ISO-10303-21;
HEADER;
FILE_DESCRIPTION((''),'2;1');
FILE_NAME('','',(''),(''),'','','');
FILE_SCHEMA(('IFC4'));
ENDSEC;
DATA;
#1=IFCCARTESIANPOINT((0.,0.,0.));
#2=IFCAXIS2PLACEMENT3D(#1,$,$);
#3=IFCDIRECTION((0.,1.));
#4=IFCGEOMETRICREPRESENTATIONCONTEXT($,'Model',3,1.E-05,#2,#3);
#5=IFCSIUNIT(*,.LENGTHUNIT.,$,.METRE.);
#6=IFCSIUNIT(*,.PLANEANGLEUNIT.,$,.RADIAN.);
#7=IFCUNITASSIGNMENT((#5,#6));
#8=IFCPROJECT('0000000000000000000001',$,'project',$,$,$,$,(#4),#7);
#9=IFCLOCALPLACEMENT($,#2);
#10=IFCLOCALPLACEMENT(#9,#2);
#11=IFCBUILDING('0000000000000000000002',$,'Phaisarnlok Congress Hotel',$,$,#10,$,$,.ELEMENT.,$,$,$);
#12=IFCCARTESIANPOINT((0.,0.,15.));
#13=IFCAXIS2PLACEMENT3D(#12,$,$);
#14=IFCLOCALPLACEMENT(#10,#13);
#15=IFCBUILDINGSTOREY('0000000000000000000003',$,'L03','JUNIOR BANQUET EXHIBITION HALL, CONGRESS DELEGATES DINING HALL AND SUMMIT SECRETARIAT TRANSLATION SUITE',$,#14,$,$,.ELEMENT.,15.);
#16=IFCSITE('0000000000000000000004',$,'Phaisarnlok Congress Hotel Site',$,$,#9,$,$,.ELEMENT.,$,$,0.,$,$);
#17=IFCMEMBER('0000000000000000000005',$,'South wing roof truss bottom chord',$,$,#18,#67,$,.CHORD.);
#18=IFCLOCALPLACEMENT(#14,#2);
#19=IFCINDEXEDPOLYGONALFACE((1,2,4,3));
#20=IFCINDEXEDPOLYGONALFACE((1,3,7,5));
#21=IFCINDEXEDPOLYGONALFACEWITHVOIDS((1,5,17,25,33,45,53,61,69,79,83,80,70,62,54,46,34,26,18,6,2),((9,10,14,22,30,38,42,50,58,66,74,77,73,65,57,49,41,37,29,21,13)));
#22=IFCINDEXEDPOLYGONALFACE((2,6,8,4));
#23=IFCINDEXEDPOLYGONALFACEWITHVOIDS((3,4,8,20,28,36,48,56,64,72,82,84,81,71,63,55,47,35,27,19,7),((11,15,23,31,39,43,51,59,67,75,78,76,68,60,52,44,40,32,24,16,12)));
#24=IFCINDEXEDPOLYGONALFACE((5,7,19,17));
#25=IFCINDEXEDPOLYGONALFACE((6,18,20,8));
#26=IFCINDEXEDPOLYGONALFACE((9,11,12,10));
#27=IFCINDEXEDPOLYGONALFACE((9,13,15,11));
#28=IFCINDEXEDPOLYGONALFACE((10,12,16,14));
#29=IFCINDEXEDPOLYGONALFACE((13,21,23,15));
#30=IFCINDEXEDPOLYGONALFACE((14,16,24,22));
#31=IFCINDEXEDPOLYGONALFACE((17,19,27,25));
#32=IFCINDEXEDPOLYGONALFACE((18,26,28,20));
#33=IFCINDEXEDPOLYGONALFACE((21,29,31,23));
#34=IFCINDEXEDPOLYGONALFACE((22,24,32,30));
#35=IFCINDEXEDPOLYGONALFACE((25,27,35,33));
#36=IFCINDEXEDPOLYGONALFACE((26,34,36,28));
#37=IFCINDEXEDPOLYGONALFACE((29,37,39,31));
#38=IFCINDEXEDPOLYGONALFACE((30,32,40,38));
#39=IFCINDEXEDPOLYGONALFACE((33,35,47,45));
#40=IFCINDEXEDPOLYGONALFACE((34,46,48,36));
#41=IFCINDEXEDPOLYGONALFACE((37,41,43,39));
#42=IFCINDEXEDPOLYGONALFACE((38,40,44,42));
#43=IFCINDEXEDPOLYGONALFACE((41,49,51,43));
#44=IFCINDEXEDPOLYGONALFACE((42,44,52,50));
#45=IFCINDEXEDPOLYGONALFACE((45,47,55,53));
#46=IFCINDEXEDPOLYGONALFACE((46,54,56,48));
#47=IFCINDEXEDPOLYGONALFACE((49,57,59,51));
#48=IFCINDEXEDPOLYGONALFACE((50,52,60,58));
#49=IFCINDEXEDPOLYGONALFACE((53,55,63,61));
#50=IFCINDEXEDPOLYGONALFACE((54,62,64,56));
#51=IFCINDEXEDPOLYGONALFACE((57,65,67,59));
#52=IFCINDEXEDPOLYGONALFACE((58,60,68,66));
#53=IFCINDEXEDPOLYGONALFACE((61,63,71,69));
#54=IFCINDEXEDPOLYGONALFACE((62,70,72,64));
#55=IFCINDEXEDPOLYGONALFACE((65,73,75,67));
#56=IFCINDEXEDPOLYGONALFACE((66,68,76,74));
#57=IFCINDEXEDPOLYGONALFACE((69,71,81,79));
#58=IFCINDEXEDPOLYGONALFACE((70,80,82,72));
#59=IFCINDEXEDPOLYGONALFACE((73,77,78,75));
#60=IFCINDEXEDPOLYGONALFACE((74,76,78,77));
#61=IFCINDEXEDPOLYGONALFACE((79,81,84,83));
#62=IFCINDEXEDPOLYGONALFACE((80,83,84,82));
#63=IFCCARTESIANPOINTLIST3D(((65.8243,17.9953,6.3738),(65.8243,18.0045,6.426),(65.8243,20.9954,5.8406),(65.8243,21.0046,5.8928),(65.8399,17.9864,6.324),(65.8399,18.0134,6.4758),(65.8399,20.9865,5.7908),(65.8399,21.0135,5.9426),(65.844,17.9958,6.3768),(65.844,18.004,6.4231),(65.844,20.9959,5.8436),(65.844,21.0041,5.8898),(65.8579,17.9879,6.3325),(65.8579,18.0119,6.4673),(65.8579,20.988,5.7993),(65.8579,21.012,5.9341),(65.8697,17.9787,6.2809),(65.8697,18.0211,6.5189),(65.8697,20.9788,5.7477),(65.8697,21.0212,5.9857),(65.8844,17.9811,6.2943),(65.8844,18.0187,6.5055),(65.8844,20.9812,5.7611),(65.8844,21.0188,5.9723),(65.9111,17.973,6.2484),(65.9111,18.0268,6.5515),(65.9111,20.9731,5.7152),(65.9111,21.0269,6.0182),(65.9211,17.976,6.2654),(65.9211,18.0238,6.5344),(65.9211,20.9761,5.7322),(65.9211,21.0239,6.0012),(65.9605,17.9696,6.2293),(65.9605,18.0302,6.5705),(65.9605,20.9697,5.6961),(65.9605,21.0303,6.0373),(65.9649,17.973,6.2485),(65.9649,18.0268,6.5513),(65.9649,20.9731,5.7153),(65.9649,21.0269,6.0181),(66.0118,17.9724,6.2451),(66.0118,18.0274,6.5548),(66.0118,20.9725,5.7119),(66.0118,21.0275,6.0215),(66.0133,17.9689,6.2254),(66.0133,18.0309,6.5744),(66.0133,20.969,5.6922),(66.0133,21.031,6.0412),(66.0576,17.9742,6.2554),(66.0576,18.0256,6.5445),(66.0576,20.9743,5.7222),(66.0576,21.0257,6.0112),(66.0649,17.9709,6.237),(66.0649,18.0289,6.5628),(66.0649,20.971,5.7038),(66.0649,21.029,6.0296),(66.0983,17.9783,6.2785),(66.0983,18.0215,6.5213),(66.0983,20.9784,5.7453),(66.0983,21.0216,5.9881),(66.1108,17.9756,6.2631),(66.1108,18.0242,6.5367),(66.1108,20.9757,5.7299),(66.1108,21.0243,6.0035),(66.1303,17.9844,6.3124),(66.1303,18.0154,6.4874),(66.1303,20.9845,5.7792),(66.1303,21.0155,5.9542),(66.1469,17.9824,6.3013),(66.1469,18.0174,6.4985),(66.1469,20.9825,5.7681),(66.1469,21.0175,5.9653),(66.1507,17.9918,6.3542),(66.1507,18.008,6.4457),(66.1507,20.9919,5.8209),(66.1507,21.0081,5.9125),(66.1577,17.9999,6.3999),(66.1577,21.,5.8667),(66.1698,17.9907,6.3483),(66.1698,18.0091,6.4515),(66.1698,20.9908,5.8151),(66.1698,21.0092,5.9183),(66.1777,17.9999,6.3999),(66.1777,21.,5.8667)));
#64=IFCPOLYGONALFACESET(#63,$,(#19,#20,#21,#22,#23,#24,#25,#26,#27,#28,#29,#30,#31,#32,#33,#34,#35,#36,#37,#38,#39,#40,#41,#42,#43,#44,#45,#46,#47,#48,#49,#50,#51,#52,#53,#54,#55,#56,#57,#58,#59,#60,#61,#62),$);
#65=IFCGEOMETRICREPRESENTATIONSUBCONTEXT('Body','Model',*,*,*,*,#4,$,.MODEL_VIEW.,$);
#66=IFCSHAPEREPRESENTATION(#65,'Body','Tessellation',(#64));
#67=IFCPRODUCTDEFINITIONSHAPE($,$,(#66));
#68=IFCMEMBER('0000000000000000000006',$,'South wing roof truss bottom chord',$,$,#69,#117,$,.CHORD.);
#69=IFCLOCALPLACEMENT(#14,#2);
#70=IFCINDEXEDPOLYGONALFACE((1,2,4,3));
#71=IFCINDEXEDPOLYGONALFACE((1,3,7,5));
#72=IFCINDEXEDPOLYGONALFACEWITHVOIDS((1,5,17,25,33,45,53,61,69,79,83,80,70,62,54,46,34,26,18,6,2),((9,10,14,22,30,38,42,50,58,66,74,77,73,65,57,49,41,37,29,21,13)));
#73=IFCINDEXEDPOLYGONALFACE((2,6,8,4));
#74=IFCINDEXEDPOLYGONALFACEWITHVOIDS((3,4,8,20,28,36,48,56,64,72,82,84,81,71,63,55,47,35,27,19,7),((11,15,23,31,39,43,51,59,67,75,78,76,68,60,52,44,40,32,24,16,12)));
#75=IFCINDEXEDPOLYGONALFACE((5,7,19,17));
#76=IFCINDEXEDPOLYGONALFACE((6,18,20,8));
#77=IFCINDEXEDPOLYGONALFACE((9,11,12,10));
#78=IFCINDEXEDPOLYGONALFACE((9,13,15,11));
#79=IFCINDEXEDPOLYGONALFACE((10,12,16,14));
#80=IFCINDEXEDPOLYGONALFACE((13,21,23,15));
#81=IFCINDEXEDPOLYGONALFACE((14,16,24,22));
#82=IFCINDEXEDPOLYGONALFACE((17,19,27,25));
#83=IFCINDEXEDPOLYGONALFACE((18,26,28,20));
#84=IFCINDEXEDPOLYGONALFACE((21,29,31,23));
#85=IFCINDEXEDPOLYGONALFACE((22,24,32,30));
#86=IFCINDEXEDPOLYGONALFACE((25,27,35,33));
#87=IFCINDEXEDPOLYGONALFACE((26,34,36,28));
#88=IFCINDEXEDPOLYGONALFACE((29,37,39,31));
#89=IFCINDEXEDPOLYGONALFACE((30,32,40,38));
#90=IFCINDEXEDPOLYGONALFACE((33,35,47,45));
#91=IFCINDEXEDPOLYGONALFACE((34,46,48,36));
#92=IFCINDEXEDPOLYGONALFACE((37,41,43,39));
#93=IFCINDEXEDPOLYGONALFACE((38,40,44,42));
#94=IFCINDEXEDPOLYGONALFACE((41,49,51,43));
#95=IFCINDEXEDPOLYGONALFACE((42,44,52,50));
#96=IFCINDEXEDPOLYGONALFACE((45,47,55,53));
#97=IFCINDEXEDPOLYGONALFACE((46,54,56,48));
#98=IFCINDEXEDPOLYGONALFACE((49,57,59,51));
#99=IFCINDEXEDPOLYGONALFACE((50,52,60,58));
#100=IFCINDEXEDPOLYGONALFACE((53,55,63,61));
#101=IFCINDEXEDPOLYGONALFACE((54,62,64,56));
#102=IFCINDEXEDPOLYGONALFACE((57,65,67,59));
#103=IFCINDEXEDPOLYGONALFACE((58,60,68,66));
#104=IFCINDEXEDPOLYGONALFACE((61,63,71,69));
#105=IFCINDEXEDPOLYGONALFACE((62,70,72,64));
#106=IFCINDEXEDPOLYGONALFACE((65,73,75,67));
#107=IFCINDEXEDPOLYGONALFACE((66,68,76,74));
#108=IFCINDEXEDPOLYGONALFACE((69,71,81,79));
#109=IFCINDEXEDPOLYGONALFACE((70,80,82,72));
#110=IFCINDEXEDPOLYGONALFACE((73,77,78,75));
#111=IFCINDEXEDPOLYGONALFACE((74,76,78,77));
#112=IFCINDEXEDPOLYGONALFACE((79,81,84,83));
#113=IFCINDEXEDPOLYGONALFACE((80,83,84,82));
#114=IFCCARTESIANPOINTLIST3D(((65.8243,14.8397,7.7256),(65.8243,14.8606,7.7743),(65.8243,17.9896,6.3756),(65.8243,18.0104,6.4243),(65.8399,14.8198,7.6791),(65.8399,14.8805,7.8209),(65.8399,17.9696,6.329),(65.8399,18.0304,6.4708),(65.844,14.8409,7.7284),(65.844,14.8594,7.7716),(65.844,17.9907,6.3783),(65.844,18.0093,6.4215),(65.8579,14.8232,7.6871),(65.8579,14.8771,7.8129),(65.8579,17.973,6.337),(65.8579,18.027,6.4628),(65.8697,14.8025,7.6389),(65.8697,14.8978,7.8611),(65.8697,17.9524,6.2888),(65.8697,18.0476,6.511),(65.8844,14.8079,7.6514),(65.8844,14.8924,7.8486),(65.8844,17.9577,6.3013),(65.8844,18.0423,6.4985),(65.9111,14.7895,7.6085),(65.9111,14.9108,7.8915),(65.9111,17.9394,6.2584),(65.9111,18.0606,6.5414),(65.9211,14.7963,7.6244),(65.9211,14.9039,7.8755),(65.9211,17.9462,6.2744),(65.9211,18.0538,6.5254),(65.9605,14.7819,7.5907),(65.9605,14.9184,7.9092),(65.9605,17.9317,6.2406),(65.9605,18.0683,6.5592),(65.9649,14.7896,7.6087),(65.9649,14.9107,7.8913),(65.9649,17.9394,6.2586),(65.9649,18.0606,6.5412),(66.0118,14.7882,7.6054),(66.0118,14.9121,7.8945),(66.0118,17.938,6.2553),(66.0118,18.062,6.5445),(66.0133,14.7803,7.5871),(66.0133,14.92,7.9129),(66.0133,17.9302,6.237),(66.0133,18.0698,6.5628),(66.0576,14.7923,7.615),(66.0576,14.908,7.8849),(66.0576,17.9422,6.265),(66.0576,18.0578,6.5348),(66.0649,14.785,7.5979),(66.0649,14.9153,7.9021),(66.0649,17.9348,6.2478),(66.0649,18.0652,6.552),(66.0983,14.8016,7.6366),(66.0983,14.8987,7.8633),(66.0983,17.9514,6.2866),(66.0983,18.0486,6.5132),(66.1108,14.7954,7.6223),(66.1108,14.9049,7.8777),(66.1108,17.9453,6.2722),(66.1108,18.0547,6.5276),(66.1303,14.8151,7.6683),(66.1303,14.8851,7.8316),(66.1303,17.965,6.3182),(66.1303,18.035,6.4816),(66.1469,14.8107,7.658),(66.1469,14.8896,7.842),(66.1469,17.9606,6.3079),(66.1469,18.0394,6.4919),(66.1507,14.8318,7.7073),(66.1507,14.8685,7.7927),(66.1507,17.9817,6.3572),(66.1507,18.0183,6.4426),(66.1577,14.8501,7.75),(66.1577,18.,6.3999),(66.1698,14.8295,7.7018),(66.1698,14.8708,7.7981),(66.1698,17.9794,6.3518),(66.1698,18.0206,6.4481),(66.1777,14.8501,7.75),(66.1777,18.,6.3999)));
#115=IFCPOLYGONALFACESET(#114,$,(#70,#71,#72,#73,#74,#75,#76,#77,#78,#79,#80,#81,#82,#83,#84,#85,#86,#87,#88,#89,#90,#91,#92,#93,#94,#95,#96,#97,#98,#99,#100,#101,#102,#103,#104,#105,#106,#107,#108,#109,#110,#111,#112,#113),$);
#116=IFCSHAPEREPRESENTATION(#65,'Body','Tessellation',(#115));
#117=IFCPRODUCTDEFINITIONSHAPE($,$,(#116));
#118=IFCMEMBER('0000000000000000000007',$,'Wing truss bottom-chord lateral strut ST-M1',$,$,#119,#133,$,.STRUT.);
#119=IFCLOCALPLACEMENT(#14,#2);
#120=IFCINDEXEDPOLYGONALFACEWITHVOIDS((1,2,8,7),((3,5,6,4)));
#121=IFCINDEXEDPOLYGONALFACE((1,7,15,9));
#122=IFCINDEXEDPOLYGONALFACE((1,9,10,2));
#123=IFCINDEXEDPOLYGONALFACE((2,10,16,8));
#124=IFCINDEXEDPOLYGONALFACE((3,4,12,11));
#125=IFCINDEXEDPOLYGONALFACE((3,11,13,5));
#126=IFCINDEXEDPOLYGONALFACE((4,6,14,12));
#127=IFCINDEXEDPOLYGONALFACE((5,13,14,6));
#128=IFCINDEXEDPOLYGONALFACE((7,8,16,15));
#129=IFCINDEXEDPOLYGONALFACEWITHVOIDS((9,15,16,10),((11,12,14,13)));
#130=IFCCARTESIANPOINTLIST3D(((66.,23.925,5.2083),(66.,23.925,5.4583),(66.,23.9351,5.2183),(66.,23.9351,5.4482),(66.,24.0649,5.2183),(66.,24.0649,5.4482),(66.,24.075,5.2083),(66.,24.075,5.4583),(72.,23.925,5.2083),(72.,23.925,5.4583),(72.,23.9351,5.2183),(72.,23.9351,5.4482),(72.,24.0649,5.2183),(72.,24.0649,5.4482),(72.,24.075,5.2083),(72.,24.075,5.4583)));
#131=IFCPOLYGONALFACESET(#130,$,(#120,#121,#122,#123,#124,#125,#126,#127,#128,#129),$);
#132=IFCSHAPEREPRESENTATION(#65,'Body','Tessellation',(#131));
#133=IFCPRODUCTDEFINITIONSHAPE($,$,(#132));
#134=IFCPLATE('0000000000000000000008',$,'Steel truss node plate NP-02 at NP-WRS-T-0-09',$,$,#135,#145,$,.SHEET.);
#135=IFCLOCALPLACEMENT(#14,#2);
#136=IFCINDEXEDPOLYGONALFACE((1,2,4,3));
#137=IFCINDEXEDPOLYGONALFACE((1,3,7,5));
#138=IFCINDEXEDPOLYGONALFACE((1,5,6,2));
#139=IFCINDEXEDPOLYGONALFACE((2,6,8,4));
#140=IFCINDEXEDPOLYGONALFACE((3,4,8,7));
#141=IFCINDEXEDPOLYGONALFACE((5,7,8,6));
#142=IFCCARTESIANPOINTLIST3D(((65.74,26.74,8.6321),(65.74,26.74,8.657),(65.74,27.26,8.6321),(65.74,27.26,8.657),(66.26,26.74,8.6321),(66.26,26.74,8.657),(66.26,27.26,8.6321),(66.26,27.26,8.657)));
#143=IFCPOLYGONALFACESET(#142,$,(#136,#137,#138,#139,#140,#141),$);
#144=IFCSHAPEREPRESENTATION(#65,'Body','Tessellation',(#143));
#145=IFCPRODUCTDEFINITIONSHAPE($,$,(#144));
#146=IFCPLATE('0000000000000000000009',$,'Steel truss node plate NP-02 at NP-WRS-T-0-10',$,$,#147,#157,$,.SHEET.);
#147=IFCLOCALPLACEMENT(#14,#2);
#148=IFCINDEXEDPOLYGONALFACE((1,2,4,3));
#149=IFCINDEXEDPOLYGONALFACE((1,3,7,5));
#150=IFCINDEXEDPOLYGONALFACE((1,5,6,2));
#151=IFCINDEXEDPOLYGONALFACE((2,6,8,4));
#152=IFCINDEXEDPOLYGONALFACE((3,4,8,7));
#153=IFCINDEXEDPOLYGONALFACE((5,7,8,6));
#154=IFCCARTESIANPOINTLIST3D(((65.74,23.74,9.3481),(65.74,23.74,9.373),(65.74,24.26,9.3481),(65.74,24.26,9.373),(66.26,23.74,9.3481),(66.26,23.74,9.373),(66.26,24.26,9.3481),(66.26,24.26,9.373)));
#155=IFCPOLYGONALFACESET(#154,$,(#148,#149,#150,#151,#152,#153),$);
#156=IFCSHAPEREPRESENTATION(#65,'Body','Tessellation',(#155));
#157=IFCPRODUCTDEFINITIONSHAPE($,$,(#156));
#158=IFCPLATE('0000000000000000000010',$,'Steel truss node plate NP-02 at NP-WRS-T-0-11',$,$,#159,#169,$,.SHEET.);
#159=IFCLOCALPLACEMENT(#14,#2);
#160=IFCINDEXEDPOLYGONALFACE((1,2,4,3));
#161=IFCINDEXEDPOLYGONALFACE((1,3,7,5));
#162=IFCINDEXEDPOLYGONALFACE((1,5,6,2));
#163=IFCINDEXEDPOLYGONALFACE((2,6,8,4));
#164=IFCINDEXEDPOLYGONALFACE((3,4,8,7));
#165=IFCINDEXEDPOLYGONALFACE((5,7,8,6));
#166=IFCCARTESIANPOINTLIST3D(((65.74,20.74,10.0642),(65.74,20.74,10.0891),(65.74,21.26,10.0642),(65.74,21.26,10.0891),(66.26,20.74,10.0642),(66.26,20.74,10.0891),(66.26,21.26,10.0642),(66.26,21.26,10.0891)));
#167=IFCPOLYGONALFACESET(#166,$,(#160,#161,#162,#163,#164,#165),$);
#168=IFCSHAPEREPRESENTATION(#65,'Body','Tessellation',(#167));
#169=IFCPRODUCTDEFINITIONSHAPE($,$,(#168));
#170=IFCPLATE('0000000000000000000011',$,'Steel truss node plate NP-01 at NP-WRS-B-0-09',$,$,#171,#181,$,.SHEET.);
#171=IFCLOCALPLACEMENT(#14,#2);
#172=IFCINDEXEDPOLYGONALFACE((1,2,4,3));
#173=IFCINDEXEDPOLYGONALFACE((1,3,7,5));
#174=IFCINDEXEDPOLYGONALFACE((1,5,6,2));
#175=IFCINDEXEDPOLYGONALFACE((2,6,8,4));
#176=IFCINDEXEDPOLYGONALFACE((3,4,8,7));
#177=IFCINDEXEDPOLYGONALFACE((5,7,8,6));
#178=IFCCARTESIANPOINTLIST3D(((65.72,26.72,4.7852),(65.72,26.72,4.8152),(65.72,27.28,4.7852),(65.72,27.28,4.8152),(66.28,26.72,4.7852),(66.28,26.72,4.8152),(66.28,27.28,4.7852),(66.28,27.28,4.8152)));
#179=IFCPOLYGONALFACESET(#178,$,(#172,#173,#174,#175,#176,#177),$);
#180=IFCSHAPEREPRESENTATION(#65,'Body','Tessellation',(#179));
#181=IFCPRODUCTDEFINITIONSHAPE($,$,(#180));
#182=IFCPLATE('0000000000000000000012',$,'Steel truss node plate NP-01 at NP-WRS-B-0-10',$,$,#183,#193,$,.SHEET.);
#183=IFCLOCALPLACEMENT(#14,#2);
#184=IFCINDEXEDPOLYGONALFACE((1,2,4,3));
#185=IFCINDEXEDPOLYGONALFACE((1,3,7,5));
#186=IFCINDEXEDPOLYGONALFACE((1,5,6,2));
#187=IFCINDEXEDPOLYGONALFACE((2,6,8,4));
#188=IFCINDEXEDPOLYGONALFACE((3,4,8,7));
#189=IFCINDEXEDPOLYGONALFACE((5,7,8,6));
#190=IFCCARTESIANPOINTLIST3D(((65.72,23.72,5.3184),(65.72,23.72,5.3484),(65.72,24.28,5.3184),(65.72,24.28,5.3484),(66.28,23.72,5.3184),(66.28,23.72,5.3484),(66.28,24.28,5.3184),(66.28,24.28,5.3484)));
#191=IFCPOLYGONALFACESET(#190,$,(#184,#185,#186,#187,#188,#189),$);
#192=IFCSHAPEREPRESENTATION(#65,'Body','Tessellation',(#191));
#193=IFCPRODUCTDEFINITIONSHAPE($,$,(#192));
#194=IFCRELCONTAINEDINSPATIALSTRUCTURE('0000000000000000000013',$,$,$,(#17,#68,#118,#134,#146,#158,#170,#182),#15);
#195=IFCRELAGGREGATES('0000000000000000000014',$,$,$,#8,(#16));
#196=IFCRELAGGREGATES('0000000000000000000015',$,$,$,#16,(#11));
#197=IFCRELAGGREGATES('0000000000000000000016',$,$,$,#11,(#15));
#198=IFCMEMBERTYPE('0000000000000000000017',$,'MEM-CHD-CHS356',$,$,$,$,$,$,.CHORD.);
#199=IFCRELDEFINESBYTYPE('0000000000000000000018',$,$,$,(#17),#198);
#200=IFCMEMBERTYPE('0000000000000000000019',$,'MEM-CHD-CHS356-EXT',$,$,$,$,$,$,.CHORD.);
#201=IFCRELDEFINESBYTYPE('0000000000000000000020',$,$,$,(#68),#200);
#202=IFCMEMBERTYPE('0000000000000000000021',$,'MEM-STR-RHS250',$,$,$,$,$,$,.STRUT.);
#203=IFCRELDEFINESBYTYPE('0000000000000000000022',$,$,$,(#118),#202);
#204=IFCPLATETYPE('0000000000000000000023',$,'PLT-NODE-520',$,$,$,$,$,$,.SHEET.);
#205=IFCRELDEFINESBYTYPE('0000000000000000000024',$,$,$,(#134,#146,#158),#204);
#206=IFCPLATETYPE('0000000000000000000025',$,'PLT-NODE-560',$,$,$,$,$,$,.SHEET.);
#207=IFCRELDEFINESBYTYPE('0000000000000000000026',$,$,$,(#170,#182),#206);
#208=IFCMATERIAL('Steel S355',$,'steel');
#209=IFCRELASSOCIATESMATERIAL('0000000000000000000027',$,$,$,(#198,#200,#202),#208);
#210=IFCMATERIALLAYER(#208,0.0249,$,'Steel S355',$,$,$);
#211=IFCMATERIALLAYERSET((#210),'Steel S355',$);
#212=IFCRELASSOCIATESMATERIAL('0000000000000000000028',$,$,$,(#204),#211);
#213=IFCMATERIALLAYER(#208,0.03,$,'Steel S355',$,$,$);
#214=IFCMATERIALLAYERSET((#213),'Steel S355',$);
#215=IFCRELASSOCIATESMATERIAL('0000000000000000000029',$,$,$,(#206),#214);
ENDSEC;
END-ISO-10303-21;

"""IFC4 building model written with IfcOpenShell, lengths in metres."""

from ifc_helpers import new_model, si_unit, direction, frame, origin, origin_2d, place, context, subcontext, project, spatial, rectangle, hollow_rectangle, hollow_circle, extrude, material, layer, layer_set, material_profile, profile_set, type_object, element, save


model = new_model("IFC4")

# Units and contexts
model_context = context("Model", 3, precision=1e-05, world=origin(), true_north=direction((0.0, 1.0)))
body_context = subcontext(model_context, "Body", "Model", "MODEL_VIEW")
ifc_project = project(units=[si_unit("LENGTHUNIT", "METRE"), si_unit("PLANEANGLEUNIT", "RADIAN")], contexts=[model_context])

# Site, building, storey
site_placement = place(None, origin())
site = spatial("IfcSite", under=ifc_project, at=site_placement, Name="Phaisarnlok Congress Hotel Site", CompositionType="ELEMENT", RefElevation=0.0)
building_placement = place(site_placement, origin())
building = spatial("IfcBuilding", under=site, at=building_placement, Name="Phaisarnlok Congress Hotel", CompositionType="ELEMENT")
storey_placement = place(building_placement, frame((0.0, 0.0, 15.0)))
storey = spatial("IfcBuildingStorey", under=building, at=storey_placement, Name="L03", Description="JUNIOR BANQUET EXHIBITION HALL, CONGRESS DELEGATES DINING HALL AND SUMMIT SECRETARIAT TRANSLATION SUITE", CompositionType="ELEMENT", Elevation=15.0)

# Shared definitions
ifc_material_1 = material(Name="Steel S355", Category="steel")

# Members
ifc_material_profile_1 = material_profile(ifc_material_1, hollow_circle(Radius=0.1777, WallThickness=0.02, at=origin_2d()), Name="CHS 355.6x20")
ifc_profile_set_1 = profile_set([ifc_material_profile_1], Name="Steel S355")
member_type_1 = type_object("IfcMemberType", Name="MEM-CHD-CHS356", PredefinedType="CHORD", material=ifc_profile_set_1)
for number, where, z_axis, x_axis, name in (
    (1, (66.0, 21.0, 5.8667), (0.0, -0.98457, 0.174992), (1.0, 0.0, 0.0), "South wing roof truss bottom chord"),
):
    element("IfcMember", number, at=place(storey_placement, frame(where, z_axis=z_axis, x_axis=x_axis)), inside=storey, type_object=member_type_1, Name=name, PredefinedType="CHORD", context=body_context, shape_type="SweptSolid", body=[
        extrude(hollow_circle(Radius=0.1777, WallThickness=0.02, at=origin_2d()), origin(), (0.0, 0.0, 1.0), 3.0471),
    ])
ifc_material_profile_2 = material_profile(ifc_material_1, hollow_circle(Radius=0.1777, WallThickness=0.02, at=origin_2d()), Name="CHS 355.6x20")
ifc_profile_set_2 = profile_set([ifc_material_profile_2], Name="Steel S355")
member_type_2 = type_object("IfcMemberType", Name="MEM-CHD-CHS356-EXT", PredefinedType="CHORD", material=ifc_profile_set_2)
member_1_placement = place(storey_placement, frame((66.0, 18.0, 6.3999), z_axis=(0.0, -0.91913, 0.393954), x_axis=(1.0, 0.0, 0.0)))
element("IfcMember", 2, at=member_1_placement, inside=storey, type_object=member_type_2, Name="South wing roof truss bottom chord", PredefinedType="CHORD", context=body_context, shape_type="SweptSolid", body=[
    extrude(hollow_circle(Radius=0.1777, WallThickness=0.02, at=origin_2d()), origin(), (0.0, 0.0, 1.0), 3.427),
])
ifc_material_profile_3 = material_profile(ifc_material_1, hollow_rectangle(XDim=0.1499, YDim=0.25, WallThickness=0.01, at=origin_2d()), Name="RHS 250x150x10")
ifc_profile_set_3 = profile_set([ifc_material_profile_3], Name="Steel S355")
member_type_3 = type_object("IfcMemberType", Name="MEM-STR-RHS250", PredefinedType="STRUT", material=ifc_profile_set_3)
member_2_placement = place(storey_placement, frame((66.0, 24.0, 5.3333), z_axis=(1.0, 0.0, 0.0), x_axis=(0.0, 1.0, 0.0)))
element("IfcMember", 3, at=member_2_placement, inside=storey, type_object=member_type_3, Name="Wing truss bottom-chord lateral strut ST-M1", PredefinedType="STRUT", context=body_context, shape_type="SweptSolid", body=[
    extrude(hollow_rectangle(XDim=0.1499, YDim=0.25, WallThickness=0.01, at=origin_2d()), origin(), (0.0, 0.0, 1.0), 6.0),
])

# Plates
ifc_layer_1 = layer(ifc_material_1, 0.0249, Name="Steel S355")
ifc_layer_set_1 = layer_set([ifc_layer_1], Name="Steel S355")
plate_type_1 = type_object("IfcPlateType", Name="PLT-NODE-520", PredefinedType="SHEET", material=ifc_layer_set_1)
for number, where, z_axis, x_axis, name in (
    (4, (66.0, 27.0, 8.6321), (0.0, 0.0, 1.0), (1.0, 0.0, 0.0), "Steel truss node plate NP-02 at NP-WRS-T-0-09"),
    (5, (66.0, 24.0, 9.3481), (0.0, 0.0, 1.0), (1.0, 0.0, 0.0), "Steel truss node plate NP-02 at NP-WRS-T-0-10"),
    (6, (66.0, 21.0, 10.0642), (0.0, 0.0, 1.0), (1.0, 0.0, 0.0), "Steel truss node plate NP-02 at NP-WRS-T-0-11"),
):
    element("IfcPlate", number, at=place(storey_placement, frame(where, z_axis=z_axis, x_axis=x_axis)), inside=storey, type_object=plate_type_1, Name=name, PredefinedType="SHEET", context=body_context, shape_type="SweptSolid", body=[
        extrude(rectangle(XDim=0.52, YDim=0.52, at=origin_2d()), origin(), (0.0, 0.0, 1.0), 0.0249),
    ])
ifc_layer_2 = layer(ifc_material_1, 0.03, Name="Steel S355")
ifc_layer_set_2 = layer_set([ifc_layer_2], Name="Steel S355")
plate_type_2 = type_object("IfcPlateType", Name="PLT-NODE-560", PredefinedType="SHEET", material=ifc_layer_set_2)
for number, where, z_axis, x_axis, name in (
    (7, (66.0, 27.0, 4.7852), (0.0, 0.0, 1.0), (1.0, 0.0, 0.0), "Steel truss node plate NP-01 at NP-WRS-B-0-09"),
    (8, (66.0, 24.0, 5.3184), (0.0, 0.0, 1.0), (1.0, 0.0, 0.0), "Steel truss node plate NP-01 at NP-WRS-B-0-10"),
):
    element("IfcPlate", number, at=place(storey_placement, frame(where, z_axis=z_axis, x_axis=x_axis)), inside=storey, type_object=plate_type_2, Name=name, PredefinedType="SHEET", context=body_context, shape_type="SweptSolid", body=[
        extrude(rectangle(XDim=0.5601, YDim=0.5601, at=origin_2d()), origin(), (0.0, 0.0, 1.0), 0.03),
    ])

save(model, "model.ifc")
